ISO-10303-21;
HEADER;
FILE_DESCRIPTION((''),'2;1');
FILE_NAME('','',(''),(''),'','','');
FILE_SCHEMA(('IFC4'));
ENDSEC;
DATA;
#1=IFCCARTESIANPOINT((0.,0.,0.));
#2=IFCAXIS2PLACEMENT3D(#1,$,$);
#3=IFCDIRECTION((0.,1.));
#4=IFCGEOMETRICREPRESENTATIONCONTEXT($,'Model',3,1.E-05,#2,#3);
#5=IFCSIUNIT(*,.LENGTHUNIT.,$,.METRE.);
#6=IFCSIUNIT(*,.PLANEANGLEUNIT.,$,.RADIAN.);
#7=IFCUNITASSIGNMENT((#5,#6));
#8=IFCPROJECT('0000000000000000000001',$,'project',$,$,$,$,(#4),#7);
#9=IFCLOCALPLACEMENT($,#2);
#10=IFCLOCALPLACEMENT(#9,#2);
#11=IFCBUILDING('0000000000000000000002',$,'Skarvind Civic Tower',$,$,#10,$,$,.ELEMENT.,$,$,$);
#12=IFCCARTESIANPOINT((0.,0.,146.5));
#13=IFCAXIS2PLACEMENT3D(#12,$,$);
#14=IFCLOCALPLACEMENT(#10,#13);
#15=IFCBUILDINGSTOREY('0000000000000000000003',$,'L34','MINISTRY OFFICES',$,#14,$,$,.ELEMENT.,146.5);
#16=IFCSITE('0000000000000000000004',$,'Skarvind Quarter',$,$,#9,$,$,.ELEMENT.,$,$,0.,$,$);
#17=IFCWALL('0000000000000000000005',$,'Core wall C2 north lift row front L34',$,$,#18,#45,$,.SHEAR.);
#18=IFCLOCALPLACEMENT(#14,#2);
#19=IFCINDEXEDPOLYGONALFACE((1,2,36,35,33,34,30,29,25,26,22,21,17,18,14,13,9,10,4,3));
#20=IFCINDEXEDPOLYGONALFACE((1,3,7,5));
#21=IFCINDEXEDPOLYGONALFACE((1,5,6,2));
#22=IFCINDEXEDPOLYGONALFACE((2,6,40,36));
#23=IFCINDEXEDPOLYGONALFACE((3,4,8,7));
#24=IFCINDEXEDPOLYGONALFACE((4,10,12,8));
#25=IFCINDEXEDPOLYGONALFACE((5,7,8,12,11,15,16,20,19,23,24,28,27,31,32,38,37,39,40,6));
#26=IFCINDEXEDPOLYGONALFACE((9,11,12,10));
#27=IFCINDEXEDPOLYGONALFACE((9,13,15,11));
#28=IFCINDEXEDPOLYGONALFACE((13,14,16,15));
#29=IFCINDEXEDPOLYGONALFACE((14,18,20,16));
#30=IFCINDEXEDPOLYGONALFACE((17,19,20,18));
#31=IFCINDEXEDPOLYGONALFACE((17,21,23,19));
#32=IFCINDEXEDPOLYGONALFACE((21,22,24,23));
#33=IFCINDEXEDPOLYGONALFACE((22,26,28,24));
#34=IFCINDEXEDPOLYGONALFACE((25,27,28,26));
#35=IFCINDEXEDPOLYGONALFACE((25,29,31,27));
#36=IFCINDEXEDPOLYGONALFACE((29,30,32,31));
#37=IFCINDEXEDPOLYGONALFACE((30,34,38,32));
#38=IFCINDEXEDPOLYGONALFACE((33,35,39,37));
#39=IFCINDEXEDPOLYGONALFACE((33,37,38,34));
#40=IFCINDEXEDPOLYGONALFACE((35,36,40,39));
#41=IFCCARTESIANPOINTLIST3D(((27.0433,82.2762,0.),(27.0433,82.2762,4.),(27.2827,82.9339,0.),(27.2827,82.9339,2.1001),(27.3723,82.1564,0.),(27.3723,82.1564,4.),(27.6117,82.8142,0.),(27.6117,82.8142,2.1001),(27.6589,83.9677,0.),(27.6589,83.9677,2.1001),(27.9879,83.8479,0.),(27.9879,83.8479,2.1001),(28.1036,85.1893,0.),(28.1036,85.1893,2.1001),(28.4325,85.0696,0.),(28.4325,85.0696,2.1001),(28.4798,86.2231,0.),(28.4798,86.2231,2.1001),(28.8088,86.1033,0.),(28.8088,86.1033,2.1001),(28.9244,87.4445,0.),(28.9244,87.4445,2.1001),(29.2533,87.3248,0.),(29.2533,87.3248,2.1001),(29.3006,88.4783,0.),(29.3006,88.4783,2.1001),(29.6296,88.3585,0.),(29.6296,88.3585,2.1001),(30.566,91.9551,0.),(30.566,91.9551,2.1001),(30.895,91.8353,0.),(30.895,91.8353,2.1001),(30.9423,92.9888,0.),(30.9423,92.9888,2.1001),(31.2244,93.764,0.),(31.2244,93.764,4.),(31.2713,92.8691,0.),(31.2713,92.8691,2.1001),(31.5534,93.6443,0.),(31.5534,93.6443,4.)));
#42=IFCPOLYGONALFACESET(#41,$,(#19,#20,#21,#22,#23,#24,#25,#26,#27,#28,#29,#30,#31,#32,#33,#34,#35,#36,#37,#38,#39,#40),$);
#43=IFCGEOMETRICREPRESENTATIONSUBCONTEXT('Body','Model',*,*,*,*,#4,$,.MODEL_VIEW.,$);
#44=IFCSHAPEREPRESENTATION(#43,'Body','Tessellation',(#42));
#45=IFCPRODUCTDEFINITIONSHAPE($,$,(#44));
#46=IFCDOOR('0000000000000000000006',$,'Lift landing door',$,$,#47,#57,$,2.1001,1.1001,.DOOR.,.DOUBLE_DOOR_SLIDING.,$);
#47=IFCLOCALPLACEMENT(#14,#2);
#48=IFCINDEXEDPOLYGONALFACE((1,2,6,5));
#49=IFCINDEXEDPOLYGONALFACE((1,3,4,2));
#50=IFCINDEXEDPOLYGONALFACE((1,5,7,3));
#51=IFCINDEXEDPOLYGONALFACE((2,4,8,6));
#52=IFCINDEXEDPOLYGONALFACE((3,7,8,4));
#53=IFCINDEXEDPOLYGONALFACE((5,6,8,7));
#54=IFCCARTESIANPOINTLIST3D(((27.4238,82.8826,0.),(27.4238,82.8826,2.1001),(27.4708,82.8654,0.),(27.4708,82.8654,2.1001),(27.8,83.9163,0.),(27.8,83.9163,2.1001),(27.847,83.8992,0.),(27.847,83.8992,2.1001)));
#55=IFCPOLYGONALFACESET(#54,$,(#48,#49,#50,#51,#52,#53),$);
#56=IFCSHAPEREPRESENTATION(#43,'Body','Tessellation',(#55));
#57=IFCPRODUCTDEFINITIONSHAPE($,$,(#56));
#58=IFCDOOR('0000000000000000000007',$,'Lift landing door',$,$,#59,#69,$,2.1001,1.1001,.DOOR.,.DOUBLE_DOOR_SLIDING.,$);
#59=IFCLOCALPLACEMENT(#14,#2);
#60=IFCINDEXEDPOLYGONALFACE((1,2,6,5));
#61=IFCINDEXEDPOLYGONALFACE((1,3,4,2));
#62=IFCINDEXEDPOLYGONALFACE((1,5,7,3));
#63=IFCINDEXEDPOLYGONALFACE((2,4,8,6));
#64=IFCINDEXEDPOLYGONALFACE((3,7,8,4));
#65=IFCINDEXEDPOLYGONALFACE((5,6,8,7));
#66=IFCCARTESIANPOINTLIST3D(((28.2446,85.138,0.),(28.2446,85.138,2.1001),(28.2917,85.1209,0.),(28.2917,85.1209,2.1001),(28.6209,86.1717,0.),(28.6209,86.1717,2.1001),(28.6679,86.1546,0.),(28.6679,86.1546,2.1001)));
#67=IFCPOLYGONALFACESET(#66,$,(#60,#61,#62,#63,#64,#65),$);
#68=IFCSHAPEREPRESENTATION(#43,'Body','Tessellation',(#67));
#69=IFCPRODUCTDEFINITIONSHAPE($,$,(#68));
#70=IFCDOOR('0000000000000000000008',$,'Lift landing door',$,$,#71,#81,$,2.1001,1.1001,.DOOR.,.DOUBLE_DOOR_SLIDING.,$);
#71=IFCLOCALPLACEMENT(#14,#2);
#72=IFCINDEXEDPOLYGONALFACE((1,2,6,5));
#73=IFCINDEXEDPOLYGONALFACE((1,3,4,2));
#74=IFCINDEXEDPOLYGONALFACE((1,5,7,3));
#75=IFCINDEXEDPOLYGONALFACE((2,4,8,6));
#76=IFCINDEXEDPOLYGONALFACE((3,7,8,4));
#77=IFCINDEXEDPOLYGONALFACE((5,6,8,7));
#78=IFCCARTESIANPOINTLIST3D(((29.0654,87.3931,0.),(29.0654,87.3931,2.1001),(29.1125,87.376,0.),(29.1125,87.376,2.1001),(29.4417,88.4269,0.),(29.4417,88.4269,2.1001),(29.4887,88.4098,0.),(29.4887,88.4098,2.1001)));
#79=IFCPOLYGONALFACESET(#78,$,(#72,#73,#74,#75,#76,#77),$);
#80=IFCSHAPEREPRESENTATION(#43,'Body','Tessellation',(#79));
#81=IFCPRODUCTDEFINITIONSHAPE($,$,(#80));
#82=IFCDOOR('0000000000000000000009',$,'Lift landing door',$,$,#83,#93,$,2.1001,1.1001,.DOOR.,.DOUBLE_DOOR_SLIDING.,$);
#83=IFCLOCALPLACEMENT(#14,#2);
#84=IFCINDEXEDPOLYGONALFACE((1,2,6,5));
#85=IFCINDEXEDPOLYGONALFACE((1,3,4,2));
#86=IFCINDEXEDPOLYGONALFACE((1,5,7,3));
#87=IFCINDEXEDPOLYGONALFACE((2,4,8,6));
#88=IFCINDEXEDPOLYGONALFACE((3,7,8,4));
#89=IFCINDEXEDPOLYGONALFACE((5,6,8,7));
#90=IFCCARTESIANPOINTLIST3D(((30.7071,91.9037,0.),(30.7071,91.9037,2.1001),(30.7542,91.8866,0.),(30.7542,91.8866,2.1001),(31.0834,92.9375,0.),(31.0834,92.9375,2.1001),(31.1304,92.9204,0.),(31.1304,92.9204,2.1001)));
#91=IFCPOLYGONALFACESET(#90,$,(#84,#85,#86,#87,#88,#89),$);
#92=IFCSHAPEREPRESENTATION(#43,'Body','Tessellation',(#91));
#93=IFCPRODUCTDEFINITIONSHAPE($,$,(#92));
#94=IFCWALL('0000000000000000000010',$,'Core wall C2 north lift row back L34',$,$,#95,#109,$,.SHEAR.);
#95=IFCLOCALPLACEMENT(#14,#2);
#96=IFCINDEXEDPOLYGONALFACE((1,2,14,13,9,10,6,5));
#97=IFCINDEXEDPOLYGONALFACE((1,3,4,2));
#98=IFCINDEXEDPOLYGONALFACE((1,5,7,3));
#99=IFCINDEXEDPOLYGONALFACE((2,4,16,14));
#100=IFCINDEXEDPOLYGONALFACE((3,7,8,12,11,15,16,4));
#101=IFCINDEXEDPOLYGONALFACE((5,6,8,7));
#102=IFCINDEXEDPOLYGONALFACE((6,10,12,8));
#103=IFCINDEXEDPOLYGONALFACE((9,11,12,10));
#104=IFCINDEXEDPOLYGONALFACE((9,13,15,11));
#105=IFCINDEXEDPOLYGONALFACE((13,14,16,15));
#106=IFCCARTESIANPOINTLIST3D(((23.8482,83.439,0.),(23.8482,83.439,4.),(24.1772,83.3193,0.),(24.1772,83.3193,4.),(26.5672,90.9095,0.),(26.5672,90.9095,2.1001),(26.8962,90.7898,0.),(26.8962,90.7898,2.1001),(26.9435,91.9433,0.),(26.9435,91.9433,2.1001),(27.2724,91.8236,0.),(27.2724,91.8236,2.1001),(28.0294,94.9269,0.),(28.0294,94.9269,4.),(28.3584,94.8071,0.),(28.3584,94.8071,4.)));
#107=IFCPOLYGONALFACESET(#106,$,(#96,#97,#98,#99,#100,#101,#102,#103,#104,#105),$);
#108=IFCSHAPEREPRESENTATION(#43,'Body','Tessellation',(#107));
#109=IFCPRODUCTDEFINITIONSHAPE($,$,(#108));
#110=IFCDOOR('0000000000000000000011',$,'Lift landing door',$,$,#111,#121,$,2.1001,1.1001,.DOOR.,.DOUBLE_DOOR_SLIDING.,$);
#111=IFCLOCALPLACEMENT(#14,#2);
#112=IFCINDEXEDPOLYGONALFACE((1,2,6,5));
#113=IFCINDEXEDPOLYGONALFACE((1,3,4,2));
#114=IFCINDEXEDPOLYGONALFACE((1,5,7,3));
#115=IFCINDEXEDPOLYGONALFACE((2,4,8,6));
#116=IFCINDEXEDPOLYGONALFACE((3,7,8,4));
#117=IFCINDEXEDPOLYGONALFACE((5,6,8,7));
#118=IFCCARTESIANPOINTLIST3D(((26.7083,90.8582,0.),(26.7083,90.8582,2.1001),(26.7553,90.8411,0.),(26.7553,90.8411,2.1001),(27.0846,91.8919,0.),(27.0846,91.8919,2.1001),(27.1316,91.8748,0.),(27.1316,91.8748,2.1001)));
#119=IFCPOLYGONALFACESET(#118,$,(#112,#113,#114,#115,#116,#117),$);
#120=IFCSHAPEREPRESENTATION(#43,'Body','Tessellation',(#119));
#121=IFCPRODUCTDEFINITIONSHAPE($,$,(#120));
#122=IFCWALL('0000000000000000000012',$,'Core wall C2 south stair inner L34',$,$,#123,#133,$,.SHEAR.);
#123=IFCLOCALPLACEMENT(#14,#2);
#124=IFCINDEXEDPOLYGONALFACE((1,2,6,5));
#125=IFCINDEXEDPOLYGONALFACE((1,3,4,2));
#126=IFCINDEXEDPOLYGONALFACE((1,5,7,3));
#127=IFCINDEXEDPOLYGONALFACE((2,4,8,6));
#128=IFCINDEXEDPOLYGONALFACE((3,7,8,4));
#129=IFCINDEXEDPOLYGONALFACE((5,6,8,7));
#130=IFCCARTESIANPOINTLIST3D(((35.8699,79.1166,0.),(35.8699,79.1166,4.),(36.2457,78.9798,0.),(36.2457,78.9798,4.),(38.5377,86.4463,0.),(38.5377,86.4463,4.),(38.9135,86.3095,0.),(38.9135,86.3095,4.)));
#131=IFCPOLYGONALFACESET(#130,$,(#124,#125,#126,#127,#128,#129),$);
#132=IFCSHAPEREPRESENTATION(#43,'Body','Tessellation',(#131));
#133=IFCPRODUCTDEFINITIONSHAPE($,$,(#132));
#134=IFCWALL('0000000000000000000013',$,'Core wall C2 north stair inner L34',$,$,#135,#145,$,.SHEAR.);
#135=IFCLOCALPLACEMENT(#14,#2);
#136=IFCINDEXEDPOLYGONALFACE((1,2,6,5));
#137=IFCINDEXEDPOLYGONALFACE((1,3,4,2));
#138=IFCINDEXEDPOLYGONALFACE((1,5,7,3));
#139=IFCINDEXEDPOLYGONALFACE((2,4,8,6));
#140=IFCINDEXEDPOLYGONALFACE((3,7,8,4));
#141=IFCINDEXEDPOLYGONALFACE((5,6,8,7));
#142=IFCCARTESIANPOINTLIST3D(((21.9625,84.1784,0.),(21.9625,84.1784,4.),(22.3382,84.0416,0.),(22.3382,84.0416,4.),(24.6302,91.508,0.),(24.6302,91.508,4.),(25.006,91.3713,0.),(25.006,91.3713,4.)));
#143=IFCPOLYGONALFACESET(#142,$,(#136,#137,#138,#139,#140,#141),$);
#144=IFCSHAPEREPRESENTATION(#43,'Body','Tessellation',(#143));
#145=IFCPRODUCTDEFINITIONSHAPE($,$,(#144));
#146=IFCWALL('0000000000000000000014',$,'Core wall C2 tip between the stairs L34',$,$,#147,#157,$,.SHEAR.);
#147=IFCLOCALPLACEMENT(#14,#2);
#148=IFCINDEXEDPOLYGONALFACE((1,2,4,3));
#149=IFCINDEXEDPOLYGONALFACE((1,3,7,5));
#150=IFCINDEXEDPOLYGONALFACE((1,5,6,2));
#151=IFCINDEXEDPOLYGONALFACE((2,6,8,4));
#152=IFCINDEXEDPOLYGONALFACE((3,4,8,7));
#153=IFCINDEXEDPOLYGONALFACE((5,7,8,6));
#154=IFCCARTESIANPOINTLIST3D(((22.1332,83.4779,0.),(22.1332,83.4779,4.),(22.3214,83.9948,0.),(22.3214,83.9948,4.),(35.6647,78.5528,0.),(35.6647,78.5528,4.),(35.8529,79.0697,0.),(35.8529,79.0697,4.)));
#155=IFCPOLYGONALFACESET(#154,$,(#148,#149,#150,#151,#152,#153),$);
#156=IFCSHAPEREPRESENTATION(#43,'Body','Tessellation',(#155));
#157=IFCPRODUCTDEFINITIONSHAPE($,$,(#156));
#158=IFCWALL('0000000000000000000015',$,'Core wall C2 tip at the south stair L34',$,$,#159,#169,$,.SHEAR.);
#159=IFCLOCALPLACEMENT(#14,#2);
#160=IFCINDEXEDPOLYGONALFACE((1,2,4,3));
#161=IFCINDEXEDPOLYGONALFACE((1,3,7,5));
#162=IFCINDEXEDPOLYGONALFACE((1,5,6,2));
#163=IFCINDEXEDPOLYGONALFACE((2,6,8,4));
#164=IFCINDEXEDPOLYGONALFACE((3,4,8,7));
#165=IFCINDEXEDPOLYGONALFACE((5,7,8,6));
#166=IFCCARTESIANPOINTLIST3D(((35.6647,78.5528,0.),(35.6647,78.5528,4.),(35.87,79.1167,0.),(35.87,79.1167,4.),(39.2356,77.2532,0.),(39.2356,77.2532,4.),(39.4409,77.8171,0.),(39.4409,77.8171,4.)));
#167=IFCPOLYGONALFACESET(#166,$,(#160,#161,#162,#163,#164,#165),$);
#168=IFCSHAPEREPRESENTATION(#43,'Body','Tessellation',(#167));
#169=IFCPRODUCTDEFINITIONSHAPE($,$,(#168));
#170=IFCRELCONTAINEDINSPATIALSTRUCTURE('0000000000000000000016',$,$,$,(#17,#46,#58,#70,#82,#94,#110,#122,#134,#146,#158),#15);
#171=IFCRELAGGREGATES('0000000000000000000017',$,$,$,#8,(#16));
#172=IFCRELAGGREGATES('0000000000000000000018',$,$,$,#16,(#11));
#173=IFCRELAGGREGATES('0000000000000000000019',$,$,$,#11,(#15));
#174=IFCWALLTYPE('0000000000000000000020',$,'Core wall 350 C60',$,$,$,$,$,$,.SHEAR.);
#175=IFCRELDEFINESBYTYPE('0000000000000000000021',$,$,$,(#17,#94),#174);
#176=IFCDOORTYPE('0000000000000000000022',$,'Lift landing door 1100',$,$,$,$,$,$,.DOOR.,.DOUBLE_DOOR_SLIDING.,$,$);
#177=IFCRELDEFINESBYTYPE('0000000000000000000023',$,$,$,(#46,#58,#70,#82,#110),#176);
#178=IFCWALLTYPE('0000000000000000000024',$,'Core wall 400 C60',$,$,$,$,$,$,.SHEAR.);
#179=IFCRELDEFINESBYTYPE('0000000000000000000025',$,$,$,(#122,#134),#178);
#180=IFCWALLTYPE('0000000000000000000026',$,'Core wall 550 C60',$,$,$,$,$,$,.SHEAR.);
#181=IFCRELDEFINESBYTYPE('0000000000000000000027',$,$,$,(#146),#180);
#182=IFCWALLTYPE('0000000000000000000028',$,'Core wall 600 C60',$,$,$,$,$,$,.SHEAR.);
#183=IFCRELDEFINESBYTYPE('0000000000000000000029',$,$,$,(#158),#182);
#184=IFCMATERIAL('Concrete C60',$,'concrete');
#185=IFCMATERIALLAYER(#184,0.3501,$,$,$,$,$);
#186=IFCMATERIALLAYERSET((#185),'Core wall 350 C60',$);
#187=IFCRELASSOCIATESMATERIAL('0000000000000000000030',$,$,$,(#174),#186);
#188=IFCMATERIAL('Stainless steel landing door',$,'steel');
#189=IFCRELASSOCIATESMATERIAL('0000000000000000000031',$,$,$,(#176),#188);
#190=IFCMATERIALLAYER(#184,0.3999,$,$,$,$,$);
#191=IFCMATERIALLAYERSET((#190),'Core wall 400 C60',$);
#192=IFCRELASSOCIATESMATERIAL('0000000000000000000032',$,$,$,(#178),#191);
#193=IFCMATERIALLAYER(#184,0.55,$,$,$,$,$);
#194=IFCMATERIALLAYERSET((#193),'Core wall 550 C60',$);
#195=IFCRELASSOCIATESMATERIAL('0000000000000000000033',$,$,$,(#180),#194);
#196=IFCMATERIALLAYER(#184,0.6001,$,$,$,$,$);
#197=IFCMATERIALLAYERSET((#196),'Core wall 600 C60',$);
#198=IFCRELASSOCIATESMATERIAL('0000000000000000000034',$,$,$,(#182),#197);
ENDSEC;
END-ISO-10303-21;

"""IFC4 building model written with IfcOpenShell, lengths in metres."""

from ifc_helpers import new_model, si_unit, direction, frame, frame_2d, origin, place, context, subcontext, project, spatial, rectangle, extrude, material, layer, layer_set, type_object, element, fill, save


model = new_model("IFC4")

# Units and contexts
model_context = context("Model", 3, precision=1e-05, world=origin(), true_north=direction((0.0, 1.0)))
body_context = subcontext(model_context, "Body", "Model", "MODEL_VIEW")
ifc_project = project(units=[si_unit("LENGTHUNIT", "METRE"), si_unit("PLANEANGLEUNIT", "RADIAN")], contexts=[model_context])

# Site, building, storey
site_placement = place(None, origin())
site = spatial("IfcSite", under=ifc_project, at=site_placement, Name="Skarvind Quarter", CompositionType="ELEMENT", RefElevation=0.0)
building_placement = place(site_placement, origin())
building = spatial("IfcBuilding", under=site, at=building_placement, Name="Skarvind Civic Tower", CompositionType="ELEMENT")
storey_placement = place(building_placement, frame((0.0, 0.0, 146.5)))
storey = spatial("IfcBuildingStorey", under=building, at=storey_placement, Name="L34", Description="MINISTRY OFFICES", CompositionType="ELEMENT", Elevation=146.5)

# Shared definitions
ifc_material_1 = material(Name="Concrete C60", Category="concrete")
ifc_layer_1 = layer(ifc_material_1, 0.3501)
ifc_layer_set_1 = layer_set([ifc_layer_1], Name="Core wall 350 C60")
wall_type_1 = type_object("IfcWallType", Name="Core wall 350 C60", PredefinedType="SHEAR", material=ifc_layer_set_1)

# Wall, openings, doors
wall_1_placement = place(storey_placement, frame((27.2078, 82.2163, 0.0), z_axis=(0.0, 0.0, 1.0), x_axis=(0.342016, 0.939694, 0.0)))
wall_1 = element("IfcWall", 1, at=wall_1_placement, inside=storey, type_object=wall_type_1, Name="Core wall C2 north lift row front L34", PredefinedType="SHEAR", context=body_context, shape_type="SweptSolid", body=[
    extrude(rectangle(XDim=12.2251, YDim=0.3501, at=frame_2d((6.1125, 0.0))), origin(), (0.0, 0.0, 1.0), 4.0),
])
opening_1_placement = place(wall_1_placement, frame((0.7, 0.0, 0.0)))
opening_1 = element("IfcOpeningElement", 2, at=opening_1_placement, cuts=wall_1, PredefinedType="OPENING", context=body_context, shape_type="SweptSolid", body=[
    extrude(rectangle(XDim=1.1001, YDim=2.1001, at=frame_2d((0.55, 1.05))), frame((0.0, 0.1851, 0.0), z_axis=(0.0, -1.0, 0.0), x_axis=(1.0, 0.0, 0.0)), (0.0, 0.0, 1.0), 0.3701),
])
opening_2_placement = place(wall_1_placement, frame((3.1001, 0.0, 0.0)))
opening_2 = element("IfcOpeningElement", 3, at=opening_2_placement, cuts=wall_1, PredefinedType="OPENING", context=body_context, shape_type="SweptSolid", body=[
    extrude(rectangle(XDim=1.1001, YDim=2.1001, at=frame_2d((0.55, 1.05))), frame((0.0, 0.1851, 0.0), z_axis=(0.0, -1.0, 0.0), x_axis=(1.0, 0.0, 0.0)), (0.0, 0.0, 1.0), 0.3701),
])
opening_3_placement = place(wall_1_placement, frame((5.5, 0.0, 0.0)))
opening_3 = element("IfcOpeningElement", 4, at=opening_3_placement, cuts=wall_1, PredefinedType="OPENING", context=body_context, shape_type="SweptSolid", body=[
    extrude(rectangle(XDim=1.1001, YDim=2.1001, at=frame_2d((0.55, 1.05))), frame((0.0, 0.1851, 0.0), z_axis=(0.0, -1.0, 0.0), x_axis=(1.0, 0.0, 0.0)), (0.0, 0.0, 1.0), 0.3701),
])
opening_4_placement = place(wall_1_placement, frame((10.3, 0.0, 0.0)))
opening_4 = element("IfcOpeningElement", 5, at=opening_4_placement, cuts=wall_1, PredefinedType="OPENING", context=body_context, shape_type="SweptSolid", body=[
    extrude(rectangle(XDim=1.1001, YDim=2.1001, at=frame_2d((0.55, 1.05))), frame((0.0, 0.1851, 0.0), z_axis=(0.0, -1.0, 0.0), x_axis=(1.0, 0.0, 0.0)), (0.0, 0.0, 1.0), 0.3701),
])
ifc_material_2 = material(Name="Stainless steel landing door", Category="steel")
door_type_1 = type_object("IfcDoorType", Name="Lift landing door 1100", OperationType="DOUBLE_DOOR_SLIDING", PredefinedType="DOOR", material=ifc_material_2)
door_1_placement = place(opening_1_placement, origin())
door_1 = element("IfcDoor", 6, at=door_1_placement, inside=storey, type_object=door_type_1, Name="Lift landing door", OperationType="DOUBLE_DOOR_SLIDING", OverallHeight=2.1001, OverallWidth=1.1001, PredefinedType="DOOR", context=body_context, shape_type="SweptSolid", body=[
    extrude(rectangle(XDim=1.1001, YDim=2.1001, at=frame_2d((0.55, 1.05))), frame((0.0, 0.0249, 0.0), z_axis=(0.0, -1.0, 0.0), x_axis=(1.0, 0.0, 0.0)), (0.0, 0.0, 1.0), 0.05),
])
fill(opening_1, door_1)
door_2_placement = place(opening_2_placement, origin())
door_2 = element("IfcDoor", 7, at=door_2_placement, inside=storey, type_object=door_type_1, Name="Lift landing door", OperationType="DOUBLE_DOOR_SLIDING", OverallHeight=2.1001, OverallWidth=1.1001, PredefinedType="DOOR", context=body_context, shape_type="SweptSolid", body=[
    extrude(rectangle(XDim=1.1001, YDim=2.1001, at=frame_2d((0.55, 1.05))), frame((0.0, 0.0249, 0.0), z_axis=(0.0, -1.0, 0.0), x_axis=(1.0, 0.0, 0.0)), (0.0, 0.0, 1.0), 0.05),
])
fill(opening_2, door_2)
door_3_placement = place(opening_3_placement, origin())
door_3 = element("IfcDoor", 8, at=door_3_placement, inside=storey, type_object=door_type_1, Name="Lift landing door", OperationType="DOUBLE_DOOR_SLIDING", OverallHeight=2.1001, OverallWidth=1.1001, PredefinedType="DOOR", context=body_context, shape_type="SweptSolid", body=[
    extrude(rectangle(XDim=1.1001, YDim=2.1001, at=frame_2d((0.55, 1.05))), frame((0.0, 0.0249, 0.0), z_axis=(0.0, -1.0, 0.0), x_axis=(1.0, 0.0, 0.0)), (0.0, 0.0, 1.0), 0.05),
])
fill(opening_3, door_3)
door_4_placement = place(opening_4_placement, origin())
door_4 = element("IfcDoor", 9, at=door_4_placement, inside=storey, type_object=door_type_1, Name="Lift landing door", OperationType="DOUBLE_DOOR_SLIDING", OverallHeight=2.1001, OverallWidth=1.1001, PredefinedType="DOOR", context=body_context, shape_type="SweptSolid", body=[
    extrude(rectangle(XDim=1.1001, YDim=2.1001, at=frame_2d((0.55, 1.05))), frame((0.0, 0.0249, 0.0), z_axis=(0.0, -1.0, 0.0), x_axis=(1.0, 0.0, 0.0)), (0.0, 0.0, 1.0), 0.05),
])
fill(opening_4, door_4)

# Wall, opening, door
wall_2_placement = place(storey_placement, frame((24.0127, 83.3792, 0.0), z_axis=(0.0, 0.0, 1.0), x_axis=(0.342016, 0.939694, 0.0)))
wall_2 = element("IfcWall", 10, at=wall_2_placement, inside=storey, type_object=wall_type_1, Name="Core wall C2 north lift row back L34", PredefinedType="SHEAR", context=body_context, shape_type="SweptSolid", body=[
    extrude(rectangle(XDim=12.2251, YDim=0.3501, at=frame_2d((6.1125, 0.0))), origin(), (0.0, 0.0, 1.0), 4.0),
])
opening_5_placement = place(wall_2_placement, frame((7.95, 0.0, 0.0)))
opening_5 = element("IfcOpeningElement", 11, at=opening_5_placement, cuts=wall_2, PredefinedType="OPENING", context=body_context, shape_type="SweptSolid", body=[
    extrude(rectangle(XDim=1.1001, YDim=2.1001, at=frame_2d((0.55, 1.05))), frame((0.0, 0.1851, 0.0), z_axis=(0.0, -1.0, 0.0), x_axis=(1.0, 0.0, 0.0)), (0.0, 0.0, 1.0), 0.3701),
])
door_5_placement = place(opening_5_placement, origin())
door_5 = element("IfcDoor", 12, at=door_5_placement, inside=storey, type_object=door_type_1, Name="Lift landing door", OperationType="DOUBLE_DOOR_SLIDING", OverallHeight=2.1001, OverallWidth=1.1001, PredefinedType="DOOR", context=body_context, shape_type="SweptSolid", body=[
    extrude(rectangle(XDim=1.1001, YDim=2.1001, at=frame_2d((0.55, 1.05))), frame((0.0, 0.0249, 0.0), z_axis=(0.0, -1.0, 0.0), x_axis=(1.0, 0.0, 0.0)), (0.0, 0.0, 1.0), 0.05),
])
fill(opening_5, door_5)

# Walls
ifc_layer_2 = layer(ifc_material_1, 0.3999)
ifc_layer_set_2 = layer_set([ifc_layer_2], Name="Core wall 400 C60")
wall_type_2 = type_object("IfcWallType", Name="Core wall 400 C60", PredefinedType="SHEAR", material=ifc_layer_set_2)
for number, where, z_axis, x_axis, name in (
    (13, (36.0579, 79.0483, 0.0), (0.0, 0.0, 1.0), (0.342017, 0.939694, 0.0), "Core wall C2 south stair inner L34"),
    (14, (22.1504, 84.1101, 0.0), (0.0, 0.0, 1.0), (0.342017, 0.939694, 0.0), "Core wall C2 north stair inner L34"),
):
    element("IfcWall", number, at=place(storey_placement, frame(where, z_axis=z_axis, x_axis=x_axis)), inside=storey, type_object=wall_type_2, Name=name, PredefinedType="SHEAR", context=body_context, shape_type="SweptSolid", body=[
        extrude(rectangle(XDim=7.8, YDim=0.3999, at=frame_2d((3.8999, 0.0))), origin(), (0.0, 0.0, 1.0), 4.0),
    ])
ifc_layer_3 = layer(ifc_material_1, 0.55)
ifc_layer_set_3 = layer_set([ifc_layer_3], Name="Core wall 550 C60")
wall_type_3 = type_object("IfcWallType", Name="Core wall 550 C60", PredefinedType="SHEAR", material=ifc_layer_set_3)
wall_3_placement = place(storey_placement, frame((35.7588, 78.8113, 0.0), z_axis=(0.0, 0.0, 1.0), x_axis=(-0.939693, 0.342019, 0.0)))
element("IfcWall", 15, at=wall_3_placement, inside=storey, type_object=wall_type_3, Name="Core wall C2 tip between the stairs L34", PredefinedType="SHEAR", context=body_context, shape_type="SweptSolid", body=[
    extrude(rectangle(XDim=14.3999, YDim=0.55, at=frame_2d((7.2, 0.0))), origin(), (0.0, 0.0, 1.0), 4.0),
])
ifc_layer_4 = layer(ifc_material_1, 0.6001)
ifc_layer_set_4 = layer_set([ifc_layer_4], Name="Core wall 600 C60")
wall_type_4 = type_object("IfcWallType", Name="Core wall 600 C60", PredefinedType="SHEAR", material=ifc_layer_set_4)
for number, where, z_axis, x_axis, name in (
    (16, (39.3381, 77.5352, 0.0), (0.0, 0.0, 1.0), (-0.939701, 0.341996, 0.0), "Core wall C2 tip at the south stair L34"),
):
    element("IfcWall", number, at=place(storey_placement, frame(where, z_axis=z_axis, x_axis=x_axis)), inside=storey, type_object=wall_type_4, Name=name, PredefinedType="SHEAR", context=body_context, shape_type="SweptSolid", body=[
        extrude(rectangle(XDim=3.8, YDim=0.6001, at=frame_2d((1.8999, 0.0))), origin(), (0.0, 0.0, 1.0), 4.0),
    ])

save(model, "model.ifc")
